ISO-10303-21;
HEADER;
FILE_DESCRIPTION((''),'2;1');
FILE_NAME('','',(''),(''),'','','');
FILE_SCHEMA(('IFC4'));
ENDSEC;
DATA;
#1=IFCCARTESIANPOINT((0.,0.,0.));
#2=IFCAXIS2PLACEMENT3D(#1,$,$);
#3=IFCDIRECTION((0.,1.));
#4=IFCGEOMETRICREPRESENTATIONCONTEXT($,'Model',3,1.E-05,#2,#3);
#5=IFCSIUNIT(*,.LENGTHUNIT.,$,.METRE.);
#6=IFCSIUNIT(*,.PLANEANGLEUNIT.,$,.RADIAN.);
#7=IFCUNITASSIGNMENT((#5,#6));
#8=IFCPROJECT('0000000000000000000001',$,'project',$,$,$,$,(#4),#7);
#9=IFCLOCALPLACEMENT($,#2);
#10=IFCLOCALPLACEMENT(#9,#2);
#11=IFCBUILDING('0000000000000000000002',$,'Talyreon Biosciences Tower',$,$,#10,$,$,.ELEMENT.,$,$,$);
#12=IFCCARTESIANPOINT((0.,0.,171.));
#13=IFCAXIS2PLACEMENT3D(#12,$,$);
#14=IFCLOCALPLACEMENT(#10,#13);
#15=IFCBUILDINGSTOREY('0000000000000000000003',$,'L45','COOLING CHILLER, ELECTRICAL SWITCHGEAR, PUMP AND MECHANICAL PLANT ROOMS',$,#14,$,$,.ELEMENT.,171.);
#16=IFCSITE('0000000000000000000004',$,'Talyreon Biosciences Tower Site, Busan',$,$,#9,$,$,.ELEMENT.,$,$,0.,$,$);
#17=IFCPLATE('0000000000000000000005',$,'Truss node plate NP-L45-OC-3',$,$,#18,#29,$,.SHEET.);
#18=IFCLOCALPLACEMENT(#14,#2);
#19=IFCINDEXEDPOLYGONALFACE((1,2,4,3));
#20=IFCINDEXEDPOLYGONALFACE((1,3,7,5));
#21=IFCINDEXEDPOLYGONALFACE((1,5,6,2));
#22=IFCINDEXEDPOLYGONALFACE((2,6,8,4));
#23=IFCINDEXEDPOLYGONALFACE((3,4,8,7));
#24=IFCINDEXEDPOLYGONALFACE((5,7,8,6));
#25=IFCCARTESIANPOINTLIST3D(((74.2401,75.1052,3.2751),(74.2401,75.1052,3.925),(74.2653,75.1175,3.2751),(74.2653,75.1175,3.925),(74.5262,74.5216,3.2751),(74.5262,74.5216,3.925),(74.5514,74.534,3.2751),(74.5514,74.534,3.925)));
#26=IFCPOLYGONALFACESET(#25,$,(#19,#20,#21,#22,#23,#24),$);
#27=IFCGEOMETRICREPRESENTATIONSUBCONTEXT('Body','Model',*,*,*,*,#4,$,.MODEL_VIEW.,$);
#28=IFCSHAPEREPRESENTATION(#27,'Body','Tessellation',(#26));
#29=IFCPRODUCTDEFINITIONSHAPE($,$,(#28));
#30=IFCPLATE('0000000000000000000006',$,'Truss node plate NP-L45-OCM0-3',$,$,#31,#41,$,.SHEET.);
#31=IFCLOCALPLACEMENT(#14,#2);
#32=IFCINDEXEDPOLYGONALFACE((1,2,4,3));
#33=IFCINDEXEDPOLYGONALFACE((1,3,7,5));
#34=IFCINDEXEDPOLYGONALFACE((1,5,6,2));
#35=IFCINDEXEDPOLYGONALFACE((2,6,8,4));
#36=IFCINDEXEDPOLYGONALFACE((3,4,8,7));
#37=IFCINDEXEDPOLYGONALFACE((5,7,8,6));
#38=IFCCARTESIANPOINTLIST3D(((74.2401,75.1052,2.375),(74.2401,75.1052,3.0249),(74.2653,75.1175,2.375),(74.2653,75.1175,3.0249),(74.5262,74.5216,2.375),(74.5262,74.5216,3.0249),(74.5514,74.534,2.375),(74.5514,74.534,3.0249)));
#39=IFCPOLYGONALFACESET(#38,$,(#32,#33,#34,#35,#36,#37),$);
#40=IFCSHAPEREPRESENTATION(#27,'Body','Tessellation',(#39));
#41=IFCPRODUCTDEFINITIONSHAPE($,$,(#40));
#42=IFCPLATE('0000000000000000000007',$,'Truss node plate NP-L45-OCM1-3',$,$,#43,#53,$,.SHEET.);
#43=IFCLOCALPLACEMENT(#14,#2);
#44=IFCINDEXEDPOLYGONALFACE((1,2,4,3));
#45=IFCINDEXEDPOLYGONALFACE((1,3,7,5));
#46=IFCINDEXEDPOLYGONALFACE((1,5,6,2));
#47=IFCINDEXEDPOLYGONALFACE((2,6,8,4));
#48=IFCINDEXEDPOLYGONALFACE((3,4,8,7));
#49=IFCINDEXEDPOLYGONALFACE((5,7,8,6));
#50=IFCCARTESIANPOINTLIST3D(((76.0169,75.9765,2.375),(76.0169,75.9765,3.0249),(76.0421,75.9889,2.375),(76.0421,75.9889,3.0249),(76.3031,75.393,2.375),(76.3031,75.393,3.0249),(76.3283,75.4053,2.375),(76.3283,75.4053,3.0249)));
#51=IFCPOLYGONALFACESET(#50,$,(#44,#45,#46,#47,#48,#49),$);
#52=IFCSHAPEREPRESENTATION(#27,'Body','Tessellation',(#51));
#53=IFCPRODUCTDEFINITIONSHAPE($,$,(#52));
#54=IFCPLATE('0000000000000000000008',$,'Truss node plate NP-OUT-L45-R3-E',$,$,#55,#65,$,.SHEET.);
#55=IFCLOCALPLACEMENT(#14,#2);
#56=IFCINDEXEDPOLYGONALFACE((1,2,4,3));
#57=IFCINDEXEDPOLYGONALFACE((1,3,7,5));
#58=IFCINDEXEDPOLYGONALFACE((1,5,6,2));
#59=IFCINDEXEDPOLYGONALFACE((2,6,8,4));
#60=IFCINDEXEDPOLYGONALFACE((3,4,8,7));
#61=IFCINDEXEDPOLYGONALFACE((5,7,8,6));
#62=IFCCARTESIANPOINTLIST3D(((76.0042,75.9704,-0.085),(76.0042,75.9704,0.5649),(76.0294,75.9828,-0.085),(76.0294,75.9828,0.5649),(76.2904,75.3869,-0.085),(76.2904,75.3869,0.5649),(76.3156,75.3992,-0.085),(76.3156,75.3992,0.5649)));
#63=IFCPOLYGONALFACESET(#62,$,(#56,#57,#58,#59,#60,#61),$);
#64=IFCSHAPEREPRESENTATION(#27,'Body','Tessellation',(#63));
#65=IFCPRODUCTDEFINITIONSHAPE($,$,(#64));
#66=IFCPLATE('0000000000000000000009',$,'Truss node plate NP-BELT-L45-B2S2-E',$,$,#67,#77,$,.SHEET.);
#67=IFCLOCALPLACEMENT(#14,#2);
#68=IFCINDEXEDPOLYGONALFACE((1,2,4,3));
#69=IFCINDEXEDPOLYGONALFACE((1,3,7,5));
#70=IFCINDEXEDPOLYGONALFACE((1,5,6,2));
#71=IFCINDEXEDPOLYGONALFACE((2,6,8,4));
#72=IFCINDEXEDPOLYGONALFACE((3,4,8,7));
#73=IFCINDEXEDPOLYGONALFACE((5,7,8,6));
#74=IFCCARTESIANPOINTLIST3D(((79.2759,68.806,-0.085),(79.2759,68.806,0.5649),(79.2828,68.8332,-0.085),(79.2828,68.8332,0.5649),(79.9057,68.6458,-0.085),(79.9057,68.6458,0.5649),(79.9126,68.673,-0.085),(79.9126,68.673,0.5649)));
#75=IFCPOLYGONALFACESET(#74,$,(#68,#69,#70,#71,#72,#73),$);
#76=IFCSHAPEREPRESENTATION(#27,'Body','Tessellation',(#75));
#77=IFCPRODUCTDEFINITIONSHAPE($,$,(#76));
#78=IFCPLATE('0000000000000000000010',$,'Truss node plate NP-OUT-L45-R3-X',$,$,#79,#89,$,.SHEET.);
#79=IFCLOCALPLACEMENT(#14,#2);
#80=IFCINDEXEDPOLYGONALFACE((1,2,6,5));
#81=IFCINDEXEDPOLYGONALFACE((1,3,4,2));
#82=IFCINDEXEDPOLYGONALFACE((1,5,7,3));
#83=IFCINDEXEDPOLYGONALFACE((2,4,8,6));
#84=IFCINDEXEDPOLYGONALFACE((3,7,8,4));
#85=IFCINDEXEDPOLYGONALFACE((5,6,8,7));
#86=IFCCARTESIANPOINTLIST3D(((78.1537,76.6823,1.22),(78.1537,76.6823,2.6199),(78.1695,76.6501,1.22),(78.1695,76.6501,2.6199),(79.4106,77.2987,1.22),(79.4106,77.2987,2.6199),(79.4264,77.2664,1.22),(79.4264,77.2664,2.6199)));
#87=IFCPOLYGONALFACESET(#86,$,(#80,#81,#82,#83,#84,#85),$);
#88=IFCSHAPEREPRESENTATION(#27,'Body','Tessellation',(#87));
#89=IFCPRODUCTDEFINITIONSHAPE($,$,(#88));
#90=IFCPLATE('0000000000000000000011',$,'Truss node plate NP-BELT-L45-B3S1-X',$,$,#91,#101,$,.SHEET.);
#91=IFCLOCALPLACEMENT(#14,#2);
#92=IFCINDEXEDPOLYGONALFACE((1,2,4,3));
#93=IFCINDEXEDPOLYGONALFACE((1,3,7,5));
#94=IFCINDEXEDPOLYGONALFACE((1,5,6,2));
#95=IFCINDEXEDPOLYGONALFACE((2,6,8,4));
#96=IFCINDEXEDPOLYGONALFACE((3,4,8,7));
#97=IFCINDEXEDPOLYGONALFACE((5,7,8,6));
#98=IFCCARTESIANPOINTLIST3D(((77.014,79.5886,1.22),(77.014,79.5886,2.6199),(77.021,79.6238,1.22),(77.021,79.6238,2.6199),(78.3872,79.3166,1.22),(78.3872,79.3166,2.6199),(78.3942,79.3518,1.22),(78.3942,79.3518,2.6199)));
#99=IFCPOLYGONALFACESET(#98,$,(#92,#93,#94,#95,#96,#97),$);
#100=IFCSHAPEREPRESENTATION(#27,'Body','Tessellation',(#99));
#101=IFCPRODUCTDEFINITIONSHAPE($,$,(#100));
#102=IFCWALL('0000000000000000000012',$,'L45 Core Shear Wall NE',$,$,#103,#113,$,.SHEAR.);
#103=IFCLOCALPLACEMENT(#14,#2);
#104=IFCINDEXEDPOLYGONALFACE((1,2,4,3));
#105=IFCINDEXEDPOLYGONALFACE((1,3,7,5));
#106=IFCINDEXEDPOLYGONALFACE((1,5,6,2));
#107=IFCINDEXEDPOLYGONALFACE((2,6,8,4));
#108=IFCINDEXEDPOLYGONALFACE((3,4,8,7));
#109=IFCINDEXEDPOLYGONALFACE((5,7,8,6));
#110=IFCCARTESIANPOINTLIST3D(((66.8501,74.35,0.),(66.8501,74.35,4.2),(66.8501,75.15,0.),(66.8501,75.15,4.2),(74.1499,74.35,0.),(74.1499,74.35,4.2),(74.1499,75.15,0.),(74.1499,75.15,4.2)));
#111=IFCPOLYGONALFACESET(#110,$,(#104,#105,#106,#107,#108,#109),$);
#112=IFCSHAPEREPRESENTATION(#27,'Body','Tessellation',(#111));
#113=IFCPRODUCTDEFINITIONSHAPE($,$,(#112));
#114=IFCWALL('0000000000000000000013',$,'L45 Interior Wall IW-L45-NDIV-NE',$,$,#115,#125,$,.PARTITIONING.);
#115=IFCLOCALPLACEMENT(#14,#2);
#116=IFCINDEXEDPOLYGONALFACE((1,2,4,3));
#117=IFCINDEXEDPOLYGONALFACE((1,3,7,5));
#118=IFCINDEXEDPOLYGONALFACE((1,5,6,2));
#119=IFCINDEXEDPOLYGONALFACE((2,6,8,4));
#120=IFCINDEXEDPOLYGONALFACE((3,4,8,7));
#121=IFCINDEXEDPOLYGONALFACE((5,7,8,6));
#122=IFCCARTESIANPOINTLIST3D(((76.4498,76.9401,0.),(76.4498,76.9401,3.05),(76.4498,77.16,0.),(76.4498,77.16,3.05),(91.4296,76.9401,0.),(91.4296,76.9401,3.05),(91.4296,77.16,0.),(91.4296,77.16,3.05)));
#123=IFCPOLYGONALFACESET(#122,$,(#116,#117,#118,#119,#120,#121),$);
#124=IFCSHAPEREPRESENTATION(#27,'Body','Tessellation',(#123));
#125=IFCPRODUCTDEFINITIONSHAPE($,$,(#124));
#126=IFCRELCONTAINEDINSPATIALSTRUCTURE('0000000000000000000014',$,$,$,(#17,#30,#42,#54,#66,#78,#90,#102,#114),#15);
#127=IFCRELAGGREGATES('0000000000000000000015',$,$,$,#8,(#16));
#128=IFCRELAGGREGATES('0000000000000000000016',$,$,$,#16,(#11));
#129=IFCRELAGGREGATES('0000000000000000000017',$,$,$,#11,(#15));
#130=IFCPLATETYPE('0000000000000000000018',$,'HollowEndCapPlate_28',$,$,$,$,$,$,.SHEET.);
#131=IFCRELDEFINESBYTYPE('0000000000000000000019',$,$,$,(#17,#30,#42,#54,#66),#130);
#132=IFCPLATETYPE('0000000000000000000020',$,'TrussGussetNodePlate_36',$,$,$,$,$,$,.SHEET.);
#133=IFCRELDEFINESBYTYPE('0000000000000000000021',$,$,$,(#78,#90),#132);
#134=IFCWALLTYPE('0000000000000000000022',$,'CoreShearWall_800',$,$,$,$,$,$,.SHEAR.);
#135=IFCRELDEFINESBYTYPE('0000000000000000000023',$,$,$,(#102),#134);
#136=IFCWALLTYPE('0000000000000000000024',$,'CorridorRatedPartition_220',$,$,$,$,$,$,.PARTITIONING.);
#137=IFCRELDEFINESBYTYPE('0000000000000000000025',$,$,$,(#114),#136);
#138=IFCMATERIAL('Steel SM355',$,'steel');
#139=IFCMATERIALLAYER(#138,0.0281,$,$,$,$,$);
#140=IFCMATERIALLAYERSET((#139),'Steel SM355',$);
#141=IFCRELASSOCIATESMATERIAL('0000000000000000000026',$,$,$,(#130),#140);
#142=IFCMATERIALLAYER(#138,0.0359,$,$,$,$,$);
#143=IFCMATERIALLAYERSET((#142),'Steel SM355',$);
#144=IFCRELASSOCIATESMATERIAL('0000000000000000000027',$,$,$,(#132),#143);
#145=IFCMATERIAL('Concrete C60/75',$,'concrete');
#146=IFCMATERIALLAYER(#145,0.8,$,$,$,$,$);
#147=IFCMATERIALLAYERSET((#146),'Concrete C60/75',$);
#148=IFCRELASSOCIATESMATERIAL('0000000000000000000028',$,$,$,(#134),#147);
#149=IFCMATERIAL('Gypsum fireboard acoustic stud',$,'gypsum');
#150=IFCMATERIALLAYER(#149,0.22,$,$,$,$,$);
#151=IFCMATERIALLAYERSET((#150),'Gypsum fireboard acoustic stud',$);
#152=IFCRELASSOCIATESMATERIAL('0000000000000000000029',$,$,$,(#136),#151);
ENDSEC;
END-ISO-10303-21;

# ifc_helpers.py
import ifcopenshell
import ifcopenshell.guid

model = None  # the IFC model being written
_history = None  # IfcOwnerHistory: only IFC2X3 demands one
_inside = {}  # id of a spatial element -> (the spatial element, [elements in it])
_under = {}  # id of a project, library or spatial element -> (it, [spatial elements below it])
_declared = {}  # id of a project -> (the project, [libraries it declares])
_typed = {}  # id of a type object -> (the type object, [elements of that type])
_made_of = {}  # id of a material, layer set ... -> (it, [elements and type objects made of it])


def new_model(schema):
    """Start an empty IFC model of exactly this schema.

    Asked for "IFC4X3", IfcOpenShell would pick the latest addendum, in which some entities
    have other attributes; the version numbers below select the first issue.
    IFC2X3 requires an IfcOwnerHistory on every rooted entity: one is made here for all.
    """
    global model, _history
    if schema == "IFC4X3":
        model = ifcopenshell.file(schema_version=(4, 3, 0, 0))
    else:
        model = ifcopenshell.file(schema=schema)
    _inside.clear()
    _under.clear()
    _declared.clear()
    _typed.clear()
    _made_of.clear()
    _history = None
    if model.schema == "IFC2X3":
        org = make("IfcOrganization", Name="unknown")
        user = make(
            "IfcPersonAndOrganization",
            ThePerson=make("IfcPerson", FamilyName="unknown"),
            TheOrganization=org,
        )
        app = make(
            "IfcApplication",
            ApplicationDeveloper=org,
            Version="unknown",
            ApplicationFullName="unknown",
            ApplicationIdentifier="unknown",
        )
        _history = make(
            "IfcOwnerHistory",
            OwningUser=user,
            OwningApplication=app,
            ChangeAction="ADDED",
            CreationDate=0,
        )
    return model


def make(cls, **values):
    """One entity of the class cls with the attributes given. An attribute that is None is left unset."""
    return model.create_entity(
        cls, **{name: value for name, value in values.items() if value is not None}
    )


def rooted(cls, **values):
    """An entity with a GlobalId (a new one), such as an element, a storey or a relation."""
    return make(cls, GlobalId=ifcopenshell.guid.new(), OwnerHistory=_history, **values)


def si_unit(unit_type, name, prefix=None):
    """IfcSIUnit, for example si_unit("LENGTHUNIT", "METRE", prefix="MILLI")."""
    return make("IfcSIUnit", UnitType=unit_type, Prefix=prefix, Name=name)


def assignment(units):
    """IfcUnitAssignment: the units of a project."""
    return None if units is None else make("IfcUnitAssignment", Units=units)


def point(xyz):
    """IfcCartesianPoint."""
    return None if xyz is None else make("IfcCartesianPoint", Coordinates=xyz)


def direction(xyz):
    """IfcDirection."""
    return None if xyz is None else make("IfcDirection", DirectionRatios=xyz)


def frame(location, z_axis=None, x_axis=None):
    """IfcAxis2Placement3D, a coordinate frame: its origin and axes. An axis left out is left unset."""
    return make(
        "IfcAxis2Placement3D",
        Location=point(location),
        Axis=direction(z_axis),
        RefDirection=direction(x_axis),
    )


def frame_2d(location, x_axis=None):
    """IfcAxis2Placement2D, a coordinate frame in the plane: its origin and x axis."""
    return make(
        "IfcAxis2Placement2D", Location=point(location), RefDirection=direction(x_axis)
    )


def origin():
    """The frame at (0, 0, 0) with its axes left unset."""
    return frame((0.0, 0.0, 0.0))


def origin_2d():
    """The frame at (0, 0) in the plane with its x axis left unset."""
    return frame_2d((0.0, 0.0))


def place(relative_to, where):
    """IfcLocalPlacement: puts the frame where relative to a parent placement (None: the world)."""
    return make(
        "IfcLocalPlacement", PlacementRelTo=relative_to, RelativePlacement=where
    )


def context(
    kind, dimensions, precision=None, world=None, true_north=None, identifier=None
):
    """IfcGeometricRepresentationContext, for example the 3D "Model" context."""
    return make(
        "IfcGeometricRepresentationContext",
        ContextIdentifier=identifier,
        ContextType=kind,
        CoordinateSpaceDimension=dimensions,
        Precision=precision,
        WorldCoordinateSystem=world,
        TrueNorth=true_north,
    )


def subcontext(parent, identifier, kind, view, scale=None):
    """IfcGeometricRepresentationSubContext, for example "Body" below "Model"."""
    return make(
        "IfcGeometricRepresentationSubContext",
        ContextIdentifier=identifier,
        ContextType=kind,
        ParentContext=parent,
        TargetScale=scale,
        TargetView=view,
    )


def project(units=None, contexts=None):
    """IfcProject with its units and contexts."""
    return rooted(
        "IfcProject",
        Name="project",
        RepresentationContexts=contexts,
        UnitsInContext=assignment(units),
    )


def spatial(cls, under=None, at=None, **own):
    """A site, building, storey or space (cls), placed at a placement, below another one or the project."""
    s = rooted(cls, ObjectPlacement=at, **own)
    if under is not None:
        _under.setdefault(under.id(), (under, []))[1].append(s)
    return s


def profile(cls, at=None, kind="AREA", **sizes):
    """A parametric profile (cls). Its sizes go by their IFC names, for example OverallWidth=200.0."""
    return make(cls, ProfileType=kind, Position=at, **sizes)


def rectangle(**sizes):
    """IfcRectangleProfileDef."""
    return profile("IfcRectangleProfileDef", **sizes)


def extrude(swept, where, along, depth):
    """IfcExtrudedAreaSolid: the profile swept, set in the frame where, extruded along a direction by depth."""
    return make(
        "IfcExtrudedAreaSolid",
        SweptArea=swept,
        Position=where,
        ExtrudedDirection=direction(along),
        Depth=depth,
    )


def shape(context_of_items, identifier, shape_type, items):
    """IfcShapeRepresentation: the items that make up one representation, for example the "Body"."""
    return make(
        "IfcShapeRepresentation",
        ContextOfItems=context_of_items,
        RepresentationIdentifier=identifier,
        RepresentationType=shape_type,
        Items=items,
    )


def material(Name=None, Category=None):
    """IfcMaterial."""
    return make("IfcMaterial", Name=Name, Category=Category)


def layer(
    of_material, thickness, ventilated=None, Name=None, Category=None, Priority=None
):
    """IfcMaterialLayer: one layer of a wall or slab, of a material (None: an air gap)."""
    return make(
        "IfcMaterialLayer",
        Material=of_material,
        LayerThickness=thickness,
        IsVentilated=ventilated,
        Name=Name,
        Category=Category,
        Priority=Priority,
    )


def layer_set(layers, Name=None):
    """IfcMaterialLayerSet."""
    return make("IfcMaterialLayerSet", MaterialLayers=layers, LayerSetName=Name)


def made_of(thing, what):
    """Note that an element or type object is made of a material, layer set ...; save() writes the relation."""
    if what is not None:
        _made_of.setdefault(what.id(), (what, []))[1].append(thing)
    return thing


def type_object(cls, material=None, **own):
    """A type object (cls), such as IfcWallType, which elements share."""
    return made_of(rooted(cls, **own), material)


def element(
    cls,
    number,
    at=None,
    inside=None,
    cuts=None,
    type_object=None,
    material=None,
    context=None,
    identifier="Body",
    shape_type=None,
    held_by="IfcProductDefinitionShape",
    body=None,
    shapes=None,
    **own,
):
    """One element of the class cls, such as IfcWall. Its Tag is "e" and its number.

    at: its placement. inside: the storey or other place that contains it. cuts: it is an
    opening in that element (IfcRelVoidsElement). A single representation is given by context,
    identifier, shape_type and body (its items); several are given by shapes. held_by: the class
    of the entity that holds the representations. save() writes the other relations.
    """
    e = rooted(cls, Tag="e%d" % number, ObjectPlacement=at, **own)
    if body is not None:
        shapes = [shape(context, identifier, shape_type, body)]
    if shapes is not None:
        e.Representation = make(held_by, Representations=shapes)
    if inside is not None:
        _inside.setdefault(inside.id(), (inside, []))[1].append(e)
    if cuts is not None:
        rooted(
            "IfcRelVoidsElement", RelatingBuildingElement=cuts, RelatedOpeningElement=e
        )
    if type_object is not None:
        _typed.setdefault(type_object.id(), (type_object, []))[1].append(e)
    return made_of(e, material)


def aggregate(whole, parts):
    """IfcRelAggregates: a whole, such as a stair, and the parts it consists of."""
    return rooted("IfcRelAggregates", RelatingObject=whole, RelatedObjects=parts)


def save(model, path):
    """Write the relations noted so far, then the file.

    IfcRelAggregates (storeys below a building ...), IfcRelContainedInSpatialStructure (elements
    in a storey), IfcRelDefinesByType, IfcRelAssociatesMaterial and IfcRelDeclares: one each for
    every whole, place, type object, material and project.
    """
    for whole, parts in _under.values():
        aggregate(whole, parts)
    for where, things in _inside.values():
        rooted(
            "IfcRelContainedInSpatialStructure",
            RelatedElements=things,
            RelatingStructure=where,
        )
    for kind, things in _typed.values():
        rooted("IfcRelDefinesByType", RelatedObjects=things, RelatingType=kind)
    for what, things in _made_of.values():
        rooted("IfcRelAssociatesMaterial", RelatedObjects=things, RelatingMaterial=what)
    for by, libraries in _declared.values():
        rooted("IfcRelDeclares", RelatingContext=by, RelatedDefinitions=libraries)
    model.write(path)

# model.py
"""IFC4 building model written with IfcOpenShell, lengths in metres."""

from ifc_helpers import new_model, si_unit, direction, frame, frame_2d, origin, origin_2d, place, context, subcontext, project, spatial, rectangle, extrude, material, layer, layer_set, type_object, element, save


model = new_model("IFC4")

# Units and contexts
model_context = context("Model", 3, precision=1e-05, world=origin(), true_north=direction((0.0, 1.0)))
body_context = subcontext(model_context, "Body", "Model", "MODEL_VIEW")
ifc_project = project(units=[si_unit("LENGTHUNIT", "METRE"), si_unit("PLANEANGLEUNIT", "RADIAN")], contexts=[model_context])

# Site, building, storey
site_placement = place(None, origin())
site = spatial("IfcSite", under=ifc_project, at=site_placement, Name="Talyreon Biosciences Tower Site, Busan", CompositionType="ELEMENT", RefElevation=0.0)
building_placement = place(site_placement, origin())
building = spatial("IfcBuilding", under=site, at=building_placement, Name="Talyreon Biosciences Tower", CompositionType="ELEMENT")
storey_placement = place(building_placement, frame((0.0, 0.0, 171.0)))
storey = spatial("IfcBuildingStorey", under=building, at=storey_placement, Name="L45", Description="COOLING CHILLER, ELECTRICAL SWITCHGEAR, PUMP AND MECHANICAL PLANT ROOMS", CompositionType="ELEMENT", Elevation=171.0)

# Shared definitions
ifc_material_1 = material(Name="Steel SM355", Category="steel")

# Plates
ifc_layer_1 = layer(ifc_material_1, 0.0281)
ifc_layer_set_1 = layer_set([ifc_layer_1], Name="Steel SM355")
plate_type_1 = type_object("IfcPlateType", Name="HollowEndCapPlate_28", PredefinedType="SHEET", material=ifc_layer_set_1)
for number, where, z_axis, x_axis, name in (
    (1, (74.3958, 74.8196, 3.2751), (0.0, 0.0, 1.0), (-0.440284, 0.897859, 0.0), "Truss node plate NP-L45-OC-3"),
    (2, (74.3958, 74.8196, 2.375), (0.0, 0.0, 1.0), (-0.440284, 0.897859, 0.0), "Truss node plate NP-L45-OCM0-3"),
    (3, (76.1726, 75.6909, 2.375), (0.0, 0.0, 1.0), (-0.440284, 0.897859, 0.0), "Truss node plate NP-L45-OCM1-3"),
    (4, (76.1599, 75.6848, -0.085), (0.0, 0.0, 1.0), (-0.440284, 0.897859, 0.0), "Truss node plate NP-OUT-L45-R3-E"),
    (5, (79.5942, 68.7395, -0.085), (0.0, 0.0, 1.0), (-0.969132, 0.246542, 0.0), "Truss node plate NP-BELT-L45-B2S2-E"),
):
    element("IfcPlate", number, at=place(storey_placement, frame(where, z_axis=z_axis, x_axis=x_axis)), inside=storey, type_object=plate_type_1, Name=name, PredefinedType="SHEET", context=body_context, shape_type="SweptSolid", body=[
        extrude(rectangle(XDim=0.6499, YDim=0.0281, at=origin_2d()), origin(), (0.0, 0.0, 1.0), 0.6499),
    ])
ifc_layer_2 = layer(ifc_material_1, 0.0359)
ifc_layer_set_2 = layer_set([ifc_layer_2], Name="Steel SM355")
plate_type_2 = type_object("IfcPlateType", Name="TrussGussetNodePlate_36", PredefinedType="SHEET", material=ifc_layer_set_2)
for number, where, z_axis, x_axis, name in (
    (6, (78.79, 76.9744, 1.22), (0.0, 0.0, 1.0), (0.897859, 0.440284, 0.0), "Truss node plate NP-OUT-L45-R3-X"),
    (7, (77.7041, 79.4702, 1.22), (0.0, 0.0, 1.0), (-0.980935, 0.194337, 0.0), "Truss node plate NP-BELT-L45-B3S1-X"),
):
    element("IfcPlate", number, at=place(storey_placement, frame(where, z_axis=z_axis, x_axis=x_axis)), inside=storey, type_object=plate_type_2, Name=name, PredefinedType="SHEET", context=body_context, shape_type="SweptSolid", body=[
        extrude(rectangle(XDim=1.3999, YDim=0.0359, at=origin_2d()), origin(), (0.0, 0.0, 1.0), 1.3999),
    ])

# Walls
ifc_material_2 = material(Name="Concrete C60/75", Category="concrete")
ifc_layer_3 = layer(ifc_material_2, 0.8)
ifc_layer_set_3 = layer_set([ifc_layer_3], Name="Concrete C60/75")
wall_type_1 = type_object("IfcWallType", Name="CoreShearWall_800", PredefinedType="SHEAR", material=ifc_layer_set_3)
wall_1_placement = place(storey_placement, frame((74.1499, 74.75, 0.0), z_axis=(0.0, 0.0, 1.0), x_axis=(-1.0, 0.0, 0.0)))
element("IfcWall", 8, at=wall_1_placement, inside=storey, type_object=wall_type_1, Name="L45 Core Shear Wall NE", PredefinedType="SHEAR", context=body_context, shape_type="SweptSolid", body=[
    extrude(rectangle(XDim=7.2998, YDim=0.8, at=frame_2d((3.6499, 0.0))), origin(), (0.0, 0.0, 1.0), 4.2),
])
ifc_material_3 = material(Name="Gypsum fireboard acoustic stud", Category="gypsum")
ifc_layer_4 = layer(ifc_material_3, 0.22)
ifc_layer_set_4 = layer_set([ifc_layer_4], Name="Gypsum fireboard acoustic stud")
wall_type_2 = type_object("IfcWallType", Name="CorridorRatedPartition_220", PredefinedType="PARTITIONING", material=ifc_layer_set_4)
wall_2_placement = place(storey_placement, frame((76.45, 77.05, 0.0), z_axis=(0.0, 0.0, 1.0), x_axis=(1.0, 0.0, 0.0)))
element("IfcWall", 9, at=wall_2_placement, inside=storey, type_object=wall_type_2, Name="L45 Interior Wall IW-L45-NDIV-NE", PredefinedType="PARTITIONING", context=body_context, shape_type="SweptSolid", body=[
    extrude(rectangle(XDim=14.9797, YDim=0.22, at=frame_2d((7.4897, 0.0))), origin(), (0.0, 0.0, 1.0), 3.05),
])

save(model, "model.ifc")
